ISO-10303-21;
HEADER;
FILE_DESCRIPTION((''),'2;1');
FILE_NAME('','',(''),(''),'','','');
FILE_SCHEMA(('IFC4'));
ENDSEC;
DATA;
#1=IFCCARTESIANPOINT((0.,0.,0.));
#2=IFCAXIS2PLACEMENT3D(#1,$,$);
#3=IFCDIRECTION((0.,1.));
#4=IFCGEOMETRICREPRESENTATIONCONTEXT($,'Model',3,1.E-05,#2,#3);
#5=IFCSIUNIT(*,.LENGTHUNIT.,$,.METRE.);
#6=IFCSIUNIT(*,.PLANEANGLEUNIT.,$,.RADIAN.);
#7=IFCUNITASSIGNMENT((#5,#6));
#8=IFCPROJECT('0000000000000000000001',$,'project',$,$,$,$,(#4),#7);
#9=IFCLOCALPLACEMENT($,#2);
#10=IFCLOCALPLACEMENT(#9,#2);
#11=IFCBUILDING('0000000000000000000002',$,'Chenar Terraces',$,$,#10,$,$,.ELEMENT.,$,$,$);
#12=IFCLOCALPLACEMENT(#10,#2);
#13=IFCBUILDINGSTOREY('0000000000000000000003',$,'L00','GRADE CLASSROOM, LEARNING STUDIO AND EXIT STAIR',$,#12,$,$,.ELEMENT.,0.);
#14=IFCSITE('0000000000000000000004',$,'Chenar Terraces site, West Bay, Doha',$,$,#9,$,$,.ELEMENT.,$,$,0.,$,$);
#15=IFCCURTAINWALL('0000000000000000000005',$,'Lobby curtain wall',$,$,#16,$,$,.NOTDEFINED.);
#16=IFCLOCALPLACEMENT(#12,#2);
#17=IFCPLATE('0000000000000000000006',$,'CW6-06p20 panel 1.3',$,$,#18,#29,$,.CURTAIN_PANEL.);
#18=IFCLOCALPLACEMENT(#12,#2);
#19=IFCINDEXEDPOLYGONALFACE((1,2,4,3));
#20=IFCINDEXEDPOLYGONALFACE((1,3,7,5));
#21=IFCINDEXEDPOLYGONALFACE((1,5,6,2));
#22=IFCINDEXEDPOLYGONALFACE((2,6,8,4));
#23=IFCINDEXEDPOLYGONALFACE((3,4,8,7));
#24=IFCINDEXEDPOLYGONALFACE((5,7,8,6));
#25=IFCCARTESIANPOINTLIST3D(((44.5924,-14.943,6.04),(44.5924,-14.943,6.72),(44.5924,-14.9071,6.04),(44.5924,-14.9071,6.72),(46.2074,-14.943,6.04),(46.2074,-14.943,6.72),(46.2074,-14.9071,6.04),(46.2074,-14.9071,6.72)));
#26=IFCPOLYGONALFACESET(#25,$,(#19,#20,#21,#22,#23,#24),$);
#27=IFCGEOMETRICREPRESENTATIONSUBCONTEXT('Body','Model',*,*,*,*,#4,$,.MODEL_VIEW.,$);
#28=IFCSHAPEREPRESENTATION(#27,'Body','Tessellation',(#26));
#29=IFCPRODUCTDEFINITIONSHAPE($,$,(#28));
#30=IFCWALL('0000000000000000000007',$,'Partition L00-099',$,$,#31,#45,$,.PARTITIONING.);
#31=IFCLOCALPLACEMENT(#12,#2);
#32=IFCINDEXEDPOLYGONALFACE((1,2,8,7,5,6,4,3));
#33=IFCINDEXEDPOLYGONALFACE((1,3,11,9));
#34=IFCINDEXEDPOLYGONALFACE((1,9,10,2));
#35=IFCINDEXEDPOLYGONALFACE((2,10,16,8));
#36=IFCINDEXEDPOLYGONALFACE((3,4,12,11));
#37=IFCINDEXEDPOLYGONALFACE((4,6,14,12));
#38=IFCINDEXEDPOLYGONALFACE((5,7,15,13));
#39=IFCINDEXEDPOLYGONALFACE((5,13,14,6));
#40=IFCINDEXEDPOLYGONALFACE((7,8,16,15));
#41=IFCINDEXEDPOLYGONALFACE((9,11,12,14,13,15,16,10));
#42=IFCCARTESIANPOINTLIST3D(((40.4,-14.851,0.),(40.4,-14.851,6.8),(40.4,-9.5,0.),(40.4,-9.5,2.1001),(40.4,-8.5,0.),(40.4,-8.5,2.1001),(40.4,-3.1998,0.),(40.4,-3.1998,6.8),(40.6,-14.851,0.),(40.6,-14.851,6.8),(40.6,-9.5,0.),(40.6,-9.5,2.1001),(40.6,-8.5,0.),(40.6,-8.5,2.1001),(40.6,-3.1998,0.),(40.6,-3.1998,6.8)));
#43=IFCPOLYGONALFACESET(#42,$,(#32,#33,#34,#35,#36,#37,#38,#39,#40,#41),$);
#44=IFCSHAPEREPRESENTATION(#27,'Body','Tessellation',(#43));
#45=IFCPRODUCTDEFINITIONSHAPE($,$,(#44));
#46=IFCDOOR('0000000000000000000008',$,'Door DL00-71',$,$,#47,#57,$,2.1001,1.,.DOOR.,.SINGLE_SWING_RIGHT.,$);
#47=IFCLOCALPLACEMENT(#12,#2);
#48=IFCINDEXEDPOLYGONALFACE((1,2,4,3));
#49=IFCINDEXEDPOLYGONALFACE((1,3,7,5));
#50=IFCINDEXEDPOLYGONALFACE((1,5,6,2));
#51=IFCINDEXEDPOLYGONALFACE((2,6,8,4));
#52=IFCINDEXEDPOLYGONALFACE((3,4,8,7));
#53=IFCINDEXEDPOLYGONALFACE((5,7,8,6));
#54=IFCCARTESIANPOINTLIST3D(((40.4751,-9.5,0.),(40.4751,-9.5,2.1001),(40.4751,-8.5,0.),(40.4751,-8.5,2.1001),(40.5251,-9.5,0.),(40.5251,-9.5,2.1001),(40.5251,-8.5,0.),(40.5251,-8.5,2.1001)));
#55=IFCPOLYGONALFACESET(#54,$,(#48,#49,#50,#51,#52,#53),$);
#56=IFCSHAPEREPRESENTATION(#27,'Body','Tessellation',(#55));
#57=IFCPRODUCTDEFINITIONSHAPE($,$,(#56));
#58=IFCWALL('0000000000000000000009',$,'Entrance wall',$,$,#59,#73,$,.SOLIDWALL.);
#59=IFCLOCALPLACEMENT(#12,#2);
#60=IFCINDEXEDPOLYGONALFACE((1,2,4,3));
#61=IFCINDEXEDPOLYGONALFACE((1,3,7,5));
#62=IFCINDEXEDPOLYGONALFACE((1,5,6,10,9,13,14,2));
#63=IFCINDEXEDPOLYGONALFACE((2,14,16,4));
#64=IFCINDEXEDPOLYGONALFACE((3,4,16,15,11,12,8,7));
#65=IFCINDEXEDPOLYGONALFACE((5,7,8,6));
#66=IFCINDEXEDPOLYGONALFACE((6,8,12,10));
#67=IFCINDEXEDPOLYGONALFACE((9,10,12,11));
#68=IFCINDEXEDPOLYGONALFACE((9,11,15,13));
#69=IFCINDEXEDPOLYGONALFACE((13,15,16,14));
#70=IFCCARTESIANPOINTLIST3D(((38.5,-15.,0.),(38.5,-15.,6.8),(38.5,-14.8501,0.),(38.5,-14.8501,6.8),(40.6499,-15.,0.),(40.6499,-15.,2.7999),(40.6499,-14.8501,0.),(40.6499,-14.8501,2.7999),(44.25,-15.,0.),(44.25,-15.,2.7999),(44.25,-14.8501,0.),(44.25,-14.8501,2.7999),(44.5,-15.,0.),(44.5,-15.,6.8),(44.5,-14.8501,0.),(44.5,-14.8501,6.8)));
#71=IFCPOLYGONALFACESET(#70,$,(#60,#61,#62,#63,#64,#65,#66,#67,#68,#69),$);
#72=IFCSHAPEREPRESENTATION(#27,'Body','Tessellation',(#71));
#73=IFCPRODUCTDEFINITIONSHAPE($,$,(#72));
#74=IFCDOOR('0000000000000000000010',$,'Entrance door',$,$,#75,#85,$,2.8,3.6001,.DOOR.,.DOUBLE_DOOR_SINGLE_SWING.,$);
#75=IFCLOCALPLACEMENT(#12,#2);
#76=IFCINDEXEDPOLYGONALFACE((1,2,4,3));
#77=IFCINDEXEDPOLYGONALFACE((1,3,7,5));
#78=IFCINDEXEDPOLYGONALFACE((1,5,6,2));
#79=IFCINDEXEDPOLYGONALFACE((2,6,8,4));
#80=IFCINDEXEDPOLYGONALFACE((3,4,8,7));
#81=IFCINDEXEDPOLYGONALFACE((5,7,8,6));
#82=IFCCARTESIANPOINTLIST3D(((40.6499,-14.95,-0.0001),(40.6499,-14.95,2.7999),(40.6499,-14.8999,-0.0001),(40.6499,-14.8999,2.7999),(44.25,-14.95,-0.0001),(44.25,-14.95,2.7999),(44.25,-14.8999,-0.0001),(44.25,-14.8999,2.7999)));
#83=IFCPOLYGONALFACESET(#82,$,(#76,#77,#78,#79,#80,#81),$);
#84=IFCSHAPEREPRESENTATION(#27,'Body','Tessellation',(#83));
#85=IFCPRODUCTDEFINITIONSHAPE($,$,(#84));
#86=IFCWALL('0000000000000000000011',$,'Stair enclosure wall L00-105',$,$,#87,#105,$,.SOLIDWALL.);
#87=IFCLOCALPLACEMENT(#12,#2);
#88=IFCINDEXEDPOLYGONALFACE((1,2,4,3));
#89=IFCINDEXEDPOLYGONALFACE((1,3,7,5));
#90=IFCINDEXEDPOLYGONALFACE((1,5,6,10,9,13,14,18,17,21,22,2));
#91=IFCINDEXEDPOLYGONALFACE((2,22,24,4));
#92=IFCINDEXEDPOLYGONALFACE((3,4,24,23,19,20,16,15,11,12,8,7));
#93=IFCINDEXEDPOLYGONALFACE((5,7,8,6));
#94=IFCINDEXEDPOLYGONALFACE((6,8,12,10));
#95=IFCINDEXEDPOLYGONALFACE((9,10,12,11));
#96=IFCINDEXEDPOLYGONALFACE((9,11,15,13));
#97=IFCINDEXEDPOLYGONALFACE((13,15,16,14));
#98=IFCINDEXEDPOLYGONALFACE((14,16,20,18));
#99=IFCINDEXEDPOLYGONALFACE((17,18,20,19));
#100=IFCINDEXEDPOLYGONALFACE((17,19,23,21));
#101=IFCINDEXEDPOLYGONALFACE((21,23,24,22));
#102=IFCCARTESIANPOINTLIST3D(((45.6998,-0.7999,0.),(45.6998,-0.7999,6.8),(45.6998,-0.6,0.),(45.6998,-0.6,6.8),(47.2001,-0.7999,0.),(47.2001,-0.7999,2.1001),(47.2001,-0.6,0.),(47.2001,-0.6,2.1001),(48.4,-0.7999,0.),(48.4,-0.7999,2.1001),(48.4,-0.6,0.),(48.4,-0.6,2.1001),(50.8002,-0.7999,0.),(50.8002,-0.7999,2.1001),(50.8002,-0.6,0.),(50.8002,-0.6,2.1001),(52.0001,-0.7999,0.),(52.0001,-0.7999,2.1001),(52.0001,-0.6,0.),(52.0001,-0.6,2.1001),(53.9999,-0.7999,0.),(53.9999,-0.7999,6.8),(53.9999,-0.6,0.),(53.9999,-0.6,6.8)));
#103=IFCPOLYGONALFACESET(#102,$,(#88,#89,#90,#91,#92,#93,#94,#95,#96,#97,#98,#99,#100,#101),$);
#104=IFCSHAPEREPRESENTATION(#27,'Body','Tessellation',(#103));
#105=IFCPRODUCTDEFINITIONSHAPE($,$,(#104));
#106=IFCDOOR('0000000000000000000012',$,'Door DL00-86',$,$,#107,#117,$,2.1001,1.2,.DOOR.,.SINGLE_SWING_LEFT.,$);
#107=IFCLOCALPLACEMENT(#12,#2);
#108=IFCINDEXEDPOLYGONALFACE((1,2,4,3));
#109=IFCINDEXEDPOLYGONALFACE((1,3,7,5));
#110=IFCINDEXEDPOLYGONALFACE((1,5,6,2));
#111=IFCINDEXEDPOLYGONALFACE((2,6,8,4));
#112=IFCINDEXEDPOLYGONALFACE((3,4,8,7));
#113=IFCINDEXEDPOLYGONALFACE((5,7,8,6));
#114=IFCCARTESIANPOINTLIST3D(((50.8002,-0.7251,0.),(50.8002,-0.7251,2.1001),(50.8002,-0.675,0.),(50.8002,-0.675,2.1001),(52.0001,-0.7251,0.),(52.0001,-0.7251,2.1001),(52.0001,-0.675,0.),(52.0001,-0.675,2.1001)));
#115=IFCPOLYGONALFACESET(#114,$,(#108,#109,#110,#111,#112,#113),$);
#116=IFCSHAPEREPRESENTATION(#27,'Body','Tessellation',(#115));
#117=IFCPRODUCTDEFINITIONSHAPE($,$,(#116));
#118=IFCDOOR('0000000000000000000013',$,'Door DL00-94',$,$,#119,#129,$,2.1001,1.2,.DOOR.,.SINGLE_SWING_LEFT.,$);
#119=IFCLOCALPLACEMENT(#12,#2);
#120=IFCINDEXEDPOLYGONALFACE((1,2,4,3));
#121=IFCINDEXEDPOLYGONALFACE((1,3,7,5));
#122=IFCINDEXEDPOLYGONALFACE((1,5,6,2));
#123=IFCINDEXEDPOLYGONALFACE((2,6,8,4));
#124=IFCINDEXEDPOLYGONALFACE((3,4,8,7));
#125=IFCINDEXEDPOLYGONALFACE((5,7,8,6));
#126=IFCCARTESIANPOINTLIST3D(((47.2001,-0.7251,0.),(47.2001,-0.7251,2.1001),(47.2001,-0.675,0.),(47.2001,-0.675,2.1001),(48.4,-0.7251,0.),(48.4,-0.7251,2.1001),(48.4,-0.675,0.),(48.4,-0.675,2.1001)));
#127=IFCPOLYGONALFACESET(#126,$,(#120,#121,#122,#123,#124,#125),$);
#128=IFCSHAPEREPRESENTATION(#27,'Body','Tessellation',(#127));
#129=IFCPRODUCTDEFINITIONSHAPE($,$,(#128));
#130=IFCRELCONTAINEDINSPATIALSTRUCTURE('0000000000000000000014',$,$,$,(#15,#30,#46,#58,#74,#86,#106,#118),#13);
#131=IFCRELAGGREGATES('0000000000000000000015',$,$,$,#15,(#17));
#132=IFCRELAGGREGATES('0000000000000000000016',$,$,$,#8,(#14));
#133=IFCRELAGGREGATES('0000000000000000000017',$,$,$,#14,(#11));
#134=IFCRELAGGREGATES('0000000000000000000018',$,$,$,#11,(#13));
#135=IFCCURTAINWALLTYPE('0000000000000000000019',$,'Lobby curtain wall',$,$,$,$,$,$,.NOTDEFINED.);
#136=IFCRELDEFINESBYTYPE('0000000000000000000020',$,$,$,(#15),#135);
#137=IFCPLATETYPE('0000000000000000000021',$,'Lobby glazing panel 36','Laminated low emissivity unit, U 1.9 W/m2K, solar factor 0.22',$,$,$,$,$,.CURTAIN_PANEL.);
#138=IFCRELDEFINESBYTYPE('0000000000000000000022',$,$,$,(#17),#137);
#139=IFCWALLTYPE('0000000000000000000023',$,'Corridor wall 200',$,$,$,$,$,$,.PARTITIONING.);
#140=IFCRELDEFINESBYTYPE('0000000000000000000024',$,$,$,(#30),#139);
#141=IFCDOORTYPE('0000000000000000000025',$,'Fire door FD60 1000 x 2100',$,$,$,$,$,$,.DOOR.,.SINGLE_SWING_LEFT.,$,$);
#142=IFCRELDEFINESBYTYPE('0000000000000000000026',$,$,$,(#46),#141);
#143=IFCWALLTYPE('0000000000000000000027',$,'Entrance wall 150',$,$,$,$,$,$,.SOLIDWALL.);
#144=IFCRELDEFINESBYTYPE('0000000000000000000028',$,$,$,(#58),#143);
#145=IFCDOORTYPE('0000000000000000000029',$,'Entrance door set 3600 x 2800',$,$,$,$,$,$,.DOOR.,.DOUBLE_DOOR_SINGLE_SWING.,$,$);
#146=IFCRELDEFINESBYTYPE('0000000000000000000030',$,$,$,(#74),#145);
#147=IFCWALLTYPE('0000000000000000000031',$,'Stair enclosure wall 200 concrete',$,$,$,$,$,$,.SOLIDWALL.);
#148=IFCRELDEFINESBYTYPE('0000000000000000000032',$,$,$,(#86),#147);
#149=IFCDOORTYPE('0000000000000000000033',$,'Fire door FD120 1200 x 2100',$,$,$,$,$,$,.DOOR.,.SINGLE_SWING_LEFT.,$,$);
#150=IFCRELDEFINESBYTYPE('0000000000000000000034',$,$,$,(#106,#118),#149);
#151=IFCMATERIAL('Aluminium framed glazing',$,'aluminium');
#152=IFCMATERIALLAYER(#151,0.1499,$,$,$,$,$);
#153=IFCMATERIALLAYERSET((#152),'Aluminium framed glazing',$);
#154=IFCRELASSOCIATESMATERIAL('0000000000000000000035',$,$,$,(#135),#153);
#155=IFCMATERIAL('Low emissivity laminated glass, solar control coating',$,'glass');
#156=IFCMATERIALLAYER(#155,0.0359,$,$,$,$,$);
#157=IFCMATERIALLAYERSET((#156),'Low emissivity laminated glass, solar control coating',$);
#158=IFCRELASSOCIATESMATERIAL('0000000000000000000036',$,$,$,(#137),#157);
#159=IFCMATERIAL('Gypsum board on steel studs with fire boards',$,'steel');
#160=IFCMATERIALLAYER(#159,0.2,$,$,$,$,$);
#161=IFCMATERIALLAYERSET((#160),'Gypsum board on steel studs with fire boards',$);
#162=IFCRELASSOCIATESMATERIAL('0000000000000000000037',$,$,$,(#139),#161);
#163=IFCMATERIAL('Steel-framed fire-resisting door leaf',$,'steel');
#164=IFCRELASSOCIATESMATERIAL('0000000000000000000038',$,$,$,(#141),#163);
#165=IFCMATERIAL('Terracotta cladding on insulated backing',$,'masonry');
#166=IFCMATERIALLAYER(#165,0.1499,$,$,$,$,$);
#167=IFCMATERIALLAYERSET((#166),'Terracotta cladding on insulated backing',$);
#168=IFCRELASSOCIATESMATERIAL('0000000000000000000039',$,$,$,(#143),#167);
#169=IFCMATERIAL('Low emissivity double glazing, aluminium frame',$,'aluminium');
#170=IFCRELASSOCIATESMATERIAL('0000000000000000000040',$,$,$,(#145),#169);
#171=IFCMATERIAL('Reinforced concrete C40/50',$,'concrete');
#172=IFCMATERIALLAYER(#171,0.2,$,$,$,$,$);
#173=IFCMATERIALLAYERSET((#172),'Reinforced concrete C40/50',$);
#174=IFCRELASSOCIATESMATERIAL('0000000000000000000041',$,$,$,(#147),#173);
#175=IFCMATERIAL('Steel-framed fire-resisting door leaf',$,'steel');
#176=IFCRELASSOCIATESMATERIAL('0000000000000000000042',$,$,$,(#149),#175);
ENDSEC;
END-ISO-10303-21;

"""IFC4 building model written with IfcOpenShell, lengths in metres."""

from ifc_helpers import new_model, si_unit, direction, frame, frame_2d, origin, origin_2d, place, context, subcontext, project, spatial, rectangle, extrude, material, layer, layer_set, type_object, element, fill, aggregate, save


model = new_model("IFC4")

# Units and contexts
model_context = context("Model", 3, precision=1e-05, world=origin(), true_north=direction((0.0, 1.0)))
body_context = subcontext(model_context, "Body", "Model", "MODEL_VIEW")
ifc_project = project(units=[si_unit("LENGTHUNIT", "METRE"), si_unit("PLANEANGLEUNIT", "RADIAN")], contexts=[model_context])

# Site, building, storey
site_placement = place(None, origin())
site = spatial("IfcSite", under=ifc_project, at=site_placement, Name="Chenar Terraces site, West Bay, Doha", CompositionType="ELEMENT", RefElevation=0.0)
building_placement = place(site_placement, origin())
building = spatial("IfcBuilding", under=site, at=building_placement, Name="Chenar Terraces", CompositionType="ELEMENT")
storey_placement = place(building_placement, origin())
storey = spatial("IfcBuildingStorey", under=building, at=storey_placement, Name="L00", Description="GRADE CLASSROOM, LEARNING STUDIO AND EXIT STAIR", CompositionType="ELEMENT", Elevation=0.0)

# Shared definitions
ifc_material_1 = material(Name="Aluminium framed glazing", Category="aluminium")
ifc_layer_1 = layer(ifc_material_1, 0.1499)
ifc_layer_set_1 = layer_set([ifc_layer_1], Name="Aluminium framed glazing")
curtain_wall_type = type_object("IfcCurtainWallType", Name="Lobby curtain wall", PredefinedType="NOTDEFINED", material=ifc_layer_set_1)
placement = place(storey_placement, origin())

# Curtain wall
curtain_wall_1 = element("IfcCurtainWall", 1, at=placement, inside=storey, type_object=curtain_wall_type, Name="Lobby curtain wall", PredefinedType="NOTDEFINED")

# Plate
ifc_material_2 = material(Name="Low emissivity laminated glass, solar control coating", Category="glass")
ifc_layer_2 = layer(ifc_material_2, 0.0359)
ifc_layer_set_2 = layer_set([ifc_layer_2], Name="Low emissivity laminated glass, solar control coating")
plate_type = type_object("IfcPlateType", Name="Lobby glazing panel 36", Description="Laminated low emissivity unit, U 1.9 W/m2K, solar factor 0.22", PredefinedType="CURTAIN_PANEL", material=ifc_layer_set_2)
plate_1_placement = place(storey_placement, frame((45.3999, -14.925, 6.04), z_axis=(0.0, 0.0, 1.0), x_axis=(1.0, 0.0, 0.0)))
plate_1 = element("IfcPlate", 2, at=plate_1_placement, type_object=plate_type, Name="CW6-06p20 panel 1.3", PredefinedType="CURTAIN_PANEL", context=body_context, shape_type="SweptSolid", body=[
    extrude(rectangle(XDim=1.615, YDim=0.0359, at=origin_2d()), origin(), (0.0, 0.0, 1.0), 0.6799),
])
aggregate(curtain_wall_1, [plate_1])

# Walls, openings, doors
ifc_material_3 = material(Name="Gypsum board on steel studs with fire boards", Category="steel")
ifc_layer_3 = layer(ifc_material_3, 0.2)
ifc_layer_set_3 = layer_set([ifc_layer_3], Name="Gypsum board on steel studs with fire boards")
wall_type_1 = type_object("IfcWallType", Name="Corridor wall 200", PredefinedType="PARTITIONING", material=ifc_layer_set_3)
wall_1_placement = place(storey_placement, frame((40.5, -14.8511, 0.0), z_axis=(0.0, 0.0, 1.0), x_axis=(0.0, 1.0, 0.0)))
wall_1 = element("IfcWall", 3, at=wall_1_placement, inside=storey, type_object=wall_type_1, Name="Partition L00-099", PredefinedType="PARTITIONING", context=body_context, shape_type="SweptSolid", body=[
    extrude(rectangle(XDim=11.6511, YDim=0.2, at=frame_2d((5.8257, 0.0))), origin(), (0.0, 0.0, 1.0), 6.8),
])
opening_1_placement = place(wall_1_placement, frame((5.3511, 0.0, 0.0)))
opening_1 = element("IfcOpeningElement", 4, at=opening_1_placement, cuts=wall_1, PredefinedType="OPENING", context=body_context, shape_type="SweptSolid", body=[
    extrude(rectangle(XDim=1.0, YDim=2.1001, at=frame_2d((0.5, 1.05))), frame((0.0, 0.1099, 0.0), z_axis=(0.0, -1.0, 0.0), x_axis=(1.0, 0.0, 0.0)), (0.0, 0.0, 1.0), 0.22),
])
ifc_material_4 = material(Name="Steel-framed fire-resisting door leaf", Category="steel")
door_type_1 = type_object("IfcDoorType", Name="Fire door FD60 1000 x 2100", OperationType="SINGLE_SWING_LEFT", PredefinedType="DOOR", material=ifc_material_4)
door_1_placement = place(opening_1_placement, origin())
door_1 = element("IfcDoor", 5, at=door_1_placement, inside=storey, type_object=door_type_1, Name="Door DL00-71", OperationType="SINGLE_SWING_RIGHT", OverallHeight=2.1001, OverallWidth=1.0, PredefinedType="DOOR", context=body_context, shape_type="SweptSolid", body=[
    extrude(rectangle(XDim=1.0, YDim=2.1001, at=frame_2d((0.5, 1.05))), frame((0.0, 0.0249, 0.0), z_axis=(0.0, -1.0, 0.0), x_axis=(1.0, 0.0, 0.0)), (0.0, 0.0, 1.0), 0.05),
])
fill(opening_1, door_1)
ifc_material_5 = material(Name="Terracotta cladding on insulated backing", Category="masonry")
ifc_layer_4 = layer(ifc_material_5, 0.1499)
ifc_layer_set_4 = layer_set([ifc_layer_4], Name="Terracotta cladding on insulated backing")
wall_type_2 = type_object("IfcWallType", Name="Entrance wall 150", PredefinedType="SOLIDWALL", material=ifc_layer_set_4)
wall_2_placement = place(storey_placement, frame((38.5, -14.925, 0.0), z_axis=(0.0, 0.0, 1.0), x_axis=(1.0, 0.0, 0.0)))
wall_2 = element("IfcWall", 6, at=wall_2_placement, inside=storey, type_object=wall_type_2, Name="Entrance wall", PredefinedType="SOLIDWALL", context=body_context, shape_type="SweptSolid", body=[
    extrude(rectangle(XDim=6.0, YDim=0.1499, at=frame_2d((3.0, 0.0))), origin(), (0.0, 0.0, 1.0), 6.8),
])
opening_2_placement = place(wall_2_placement, frame((2.1499, 0.0, 0.0)))
opening_2 = element("IfcOpeningElement", 7, at=opening_2_placement, cuts=wall_2, PredefinedType="OPENING", context=body_context, shape_type="SweptSolid", body=[
    extrude(rectangle(XDim=3.6001, YDim=2.8, at=frame_2d((1.8, 1.3999))), frame((0.0, 0.085, 0.0), z_axis=(0.0, -1.0, 0.0), x_axis=(1.0, 0.0, 0.0)), (0.0, 0.0, 1.0), 0.1699),
])
ifc_material_6 = material(Name="Low emissivity double glazing, aluminium frame", Category="aluminium")
door_type_2 = type_object("IfcDoorType", Name="Entrance door set 3600 x 2800", OperationType="DOUBLE_DOOR_SINGLE_SWING", PredefinedType="DOOR", material=ifc_material_6)
door_2_placement = place(opening_2_placement, frame((3.6001, 0.0, 0.0), z_axis=(0.0, 0.0, 1.0), x_axis=(-1.0, 0.0, 0.0)))
door_2 = element("IfcDoor", 8, at=door_2_placement, inside=storey, type_object=door_type_2, Name="Entrance door", OperationType="DOUBLE_DOOR_SINGLE_SWING", OverallHeight=2.8, OverallWidth=3.6001, PredefinedType="DOOR", context=body_context, shape_type="SweptSolid", body=[
    extrude(rectangle(XDim=3.6001, YDim=2.8, at=frame_2d((1.8, 1.3999))), frame((0.0, 0.0249, 0.0), z_axis=(0.0, -1.0, 0.0), x_axis=(1.0, 0.0, 0.0)), (0.0, 0.0, 1.0), 0.05),
])
fill(opening_2, door_2)

# Wall, openings, doors
ifc_material_7 = material(Name="Reinforced concrete C40/50", Category="concrete")
ifc_layer_5 = layer(ifc_material_7, 0.2)
ifc_layer_set_5 = layer_set([ifc_layer_5], Name="Reinforced concrete C40/50")
wall_type_3 = type_object("IfcWallType", Name="Stair enclosure wall 200 concrete", PredefinedType="SOLIDWALL", material=ifc_layer_set_5)
wall_3_placement = place(storey_placement, frame((45.7, -0.7, 0.0), z_axis=(0.0, 0.0, 1.0), x_axis=(1.0, 0.0, 0.0)))
wall_3 = element("IfcWall", 9, at=wall_3_placement, inside=storey, type_object=wall_type_3, Name="Stair enclosure wall L00-105", PredefinedType="SOLIDWALL", context=body_context, shape_type="SweptSolid", body=[
    extrude(rectangle(XDim=8.3, YDim=0.2, at=frame_2d((4.1499, 0.0))), origin(), (0.0, 0.0, 1.0), 6.8),
])
opening_3_placement = place(wall_3_placement, frame((5.1001, 0.0, 0.0)))
opening_3 = element("IfcOpeningElement", 10, at=opening_3_placement, cuts=wall_3, PredefinedType="OPENING", context=body_context, shape_type="SweptSolid", body=[
    extrude(rectangle(XDim=1.2, YDim=2.1001, at=frame_2d((0.6001, 1.05))), frame((0.0, 0.1099, 0.0), z_axis=(0.0, -1.0, 0.0), x_axis=(1.0, 0.0, 0.0)), (0.0, 0.0, 1.0), 0.22),
])
opening_4_placement = place(wall_3_placement, frame((1.5, 0.0, 0.0)))
opening_4 = element("IfcOpeningElement", 11, at=opening_4_placement, cuts=wall_3, PredefinedType="OPENING", context=body_context, shape_type="SweptSolid", body=[
    extrude(rectangle(XDim=1.2, YDim=2.1001, at=frame_2d((0.6001, 1.05))), frame((0.0, 0.1099, 0.0), z_axis=(0.0, -1.0, 0.0), x_axis=(1.0, 0.0, 0.0)), (0.0, 0.0, 1.0), 0.22),
])
ifc_material_8 = material(Name="Steel-framed fire-resisting door leaf", Category="steel")
door_type_3 = type_object("IfcDoorType", Name="Fire door FD120 1200 x 2100", OperationType="SINGLE_SWING_LEFT", PredefinedType="DOOR", material=ifc_material_8)
door_3_placement = place(opening_3_placement, origin())
door_3 = element("IfcDoor", 12, at=door_3_placement, inside=storey, type_object=door_type_3, Name="Door DL00-86", OperationType="SINGLE_SWING_LEFT", OverallHeight=2.1001, OverallWidth=1.2, PredefinedType="DOOR", context=body_context, shape_type="SweptSolid", body=[
    extrude(rectangle(XDim=1.2, YDim=2.1001, at=frame_2d((0.6001, 1.05))), frame((0.0, 0.0249, 0.0), z_axis=(0.0, -1.0, 0.0), x_axis=(1.0, 0.0, 0.0)), (0.0, 0.0, 1.0), 0.05),
])
fill(opening_3, door_3)
door_4_placement = place(opening_4_placement, origin())
door_4 = element("IfcDoor", 13, at=door_4_placement, inside=storey, type_object=door_type_3, Name="Door DL00-94", OperationType="SINGLE_SWING_LEFT", OverallHeight=2.1001, OverallWidth=1.2, PredefinedType="DOOR", context=body_context, shape_type="SweptSolid", body=[
    extrude(rectangle(XDim=1.2, YDim=2.1001, at=frame_2d((0.6001, 1.05))), frame((0.0, 0.0249, 0.0), z_axis=(0.0, -1.0, 0.0), x_axis=(1.0, 0.0, 0.0)), (0.0, 0.0, 1.0), 0.05),
])
fill(opening_4, door_4)

save(model, "model.ifc")
